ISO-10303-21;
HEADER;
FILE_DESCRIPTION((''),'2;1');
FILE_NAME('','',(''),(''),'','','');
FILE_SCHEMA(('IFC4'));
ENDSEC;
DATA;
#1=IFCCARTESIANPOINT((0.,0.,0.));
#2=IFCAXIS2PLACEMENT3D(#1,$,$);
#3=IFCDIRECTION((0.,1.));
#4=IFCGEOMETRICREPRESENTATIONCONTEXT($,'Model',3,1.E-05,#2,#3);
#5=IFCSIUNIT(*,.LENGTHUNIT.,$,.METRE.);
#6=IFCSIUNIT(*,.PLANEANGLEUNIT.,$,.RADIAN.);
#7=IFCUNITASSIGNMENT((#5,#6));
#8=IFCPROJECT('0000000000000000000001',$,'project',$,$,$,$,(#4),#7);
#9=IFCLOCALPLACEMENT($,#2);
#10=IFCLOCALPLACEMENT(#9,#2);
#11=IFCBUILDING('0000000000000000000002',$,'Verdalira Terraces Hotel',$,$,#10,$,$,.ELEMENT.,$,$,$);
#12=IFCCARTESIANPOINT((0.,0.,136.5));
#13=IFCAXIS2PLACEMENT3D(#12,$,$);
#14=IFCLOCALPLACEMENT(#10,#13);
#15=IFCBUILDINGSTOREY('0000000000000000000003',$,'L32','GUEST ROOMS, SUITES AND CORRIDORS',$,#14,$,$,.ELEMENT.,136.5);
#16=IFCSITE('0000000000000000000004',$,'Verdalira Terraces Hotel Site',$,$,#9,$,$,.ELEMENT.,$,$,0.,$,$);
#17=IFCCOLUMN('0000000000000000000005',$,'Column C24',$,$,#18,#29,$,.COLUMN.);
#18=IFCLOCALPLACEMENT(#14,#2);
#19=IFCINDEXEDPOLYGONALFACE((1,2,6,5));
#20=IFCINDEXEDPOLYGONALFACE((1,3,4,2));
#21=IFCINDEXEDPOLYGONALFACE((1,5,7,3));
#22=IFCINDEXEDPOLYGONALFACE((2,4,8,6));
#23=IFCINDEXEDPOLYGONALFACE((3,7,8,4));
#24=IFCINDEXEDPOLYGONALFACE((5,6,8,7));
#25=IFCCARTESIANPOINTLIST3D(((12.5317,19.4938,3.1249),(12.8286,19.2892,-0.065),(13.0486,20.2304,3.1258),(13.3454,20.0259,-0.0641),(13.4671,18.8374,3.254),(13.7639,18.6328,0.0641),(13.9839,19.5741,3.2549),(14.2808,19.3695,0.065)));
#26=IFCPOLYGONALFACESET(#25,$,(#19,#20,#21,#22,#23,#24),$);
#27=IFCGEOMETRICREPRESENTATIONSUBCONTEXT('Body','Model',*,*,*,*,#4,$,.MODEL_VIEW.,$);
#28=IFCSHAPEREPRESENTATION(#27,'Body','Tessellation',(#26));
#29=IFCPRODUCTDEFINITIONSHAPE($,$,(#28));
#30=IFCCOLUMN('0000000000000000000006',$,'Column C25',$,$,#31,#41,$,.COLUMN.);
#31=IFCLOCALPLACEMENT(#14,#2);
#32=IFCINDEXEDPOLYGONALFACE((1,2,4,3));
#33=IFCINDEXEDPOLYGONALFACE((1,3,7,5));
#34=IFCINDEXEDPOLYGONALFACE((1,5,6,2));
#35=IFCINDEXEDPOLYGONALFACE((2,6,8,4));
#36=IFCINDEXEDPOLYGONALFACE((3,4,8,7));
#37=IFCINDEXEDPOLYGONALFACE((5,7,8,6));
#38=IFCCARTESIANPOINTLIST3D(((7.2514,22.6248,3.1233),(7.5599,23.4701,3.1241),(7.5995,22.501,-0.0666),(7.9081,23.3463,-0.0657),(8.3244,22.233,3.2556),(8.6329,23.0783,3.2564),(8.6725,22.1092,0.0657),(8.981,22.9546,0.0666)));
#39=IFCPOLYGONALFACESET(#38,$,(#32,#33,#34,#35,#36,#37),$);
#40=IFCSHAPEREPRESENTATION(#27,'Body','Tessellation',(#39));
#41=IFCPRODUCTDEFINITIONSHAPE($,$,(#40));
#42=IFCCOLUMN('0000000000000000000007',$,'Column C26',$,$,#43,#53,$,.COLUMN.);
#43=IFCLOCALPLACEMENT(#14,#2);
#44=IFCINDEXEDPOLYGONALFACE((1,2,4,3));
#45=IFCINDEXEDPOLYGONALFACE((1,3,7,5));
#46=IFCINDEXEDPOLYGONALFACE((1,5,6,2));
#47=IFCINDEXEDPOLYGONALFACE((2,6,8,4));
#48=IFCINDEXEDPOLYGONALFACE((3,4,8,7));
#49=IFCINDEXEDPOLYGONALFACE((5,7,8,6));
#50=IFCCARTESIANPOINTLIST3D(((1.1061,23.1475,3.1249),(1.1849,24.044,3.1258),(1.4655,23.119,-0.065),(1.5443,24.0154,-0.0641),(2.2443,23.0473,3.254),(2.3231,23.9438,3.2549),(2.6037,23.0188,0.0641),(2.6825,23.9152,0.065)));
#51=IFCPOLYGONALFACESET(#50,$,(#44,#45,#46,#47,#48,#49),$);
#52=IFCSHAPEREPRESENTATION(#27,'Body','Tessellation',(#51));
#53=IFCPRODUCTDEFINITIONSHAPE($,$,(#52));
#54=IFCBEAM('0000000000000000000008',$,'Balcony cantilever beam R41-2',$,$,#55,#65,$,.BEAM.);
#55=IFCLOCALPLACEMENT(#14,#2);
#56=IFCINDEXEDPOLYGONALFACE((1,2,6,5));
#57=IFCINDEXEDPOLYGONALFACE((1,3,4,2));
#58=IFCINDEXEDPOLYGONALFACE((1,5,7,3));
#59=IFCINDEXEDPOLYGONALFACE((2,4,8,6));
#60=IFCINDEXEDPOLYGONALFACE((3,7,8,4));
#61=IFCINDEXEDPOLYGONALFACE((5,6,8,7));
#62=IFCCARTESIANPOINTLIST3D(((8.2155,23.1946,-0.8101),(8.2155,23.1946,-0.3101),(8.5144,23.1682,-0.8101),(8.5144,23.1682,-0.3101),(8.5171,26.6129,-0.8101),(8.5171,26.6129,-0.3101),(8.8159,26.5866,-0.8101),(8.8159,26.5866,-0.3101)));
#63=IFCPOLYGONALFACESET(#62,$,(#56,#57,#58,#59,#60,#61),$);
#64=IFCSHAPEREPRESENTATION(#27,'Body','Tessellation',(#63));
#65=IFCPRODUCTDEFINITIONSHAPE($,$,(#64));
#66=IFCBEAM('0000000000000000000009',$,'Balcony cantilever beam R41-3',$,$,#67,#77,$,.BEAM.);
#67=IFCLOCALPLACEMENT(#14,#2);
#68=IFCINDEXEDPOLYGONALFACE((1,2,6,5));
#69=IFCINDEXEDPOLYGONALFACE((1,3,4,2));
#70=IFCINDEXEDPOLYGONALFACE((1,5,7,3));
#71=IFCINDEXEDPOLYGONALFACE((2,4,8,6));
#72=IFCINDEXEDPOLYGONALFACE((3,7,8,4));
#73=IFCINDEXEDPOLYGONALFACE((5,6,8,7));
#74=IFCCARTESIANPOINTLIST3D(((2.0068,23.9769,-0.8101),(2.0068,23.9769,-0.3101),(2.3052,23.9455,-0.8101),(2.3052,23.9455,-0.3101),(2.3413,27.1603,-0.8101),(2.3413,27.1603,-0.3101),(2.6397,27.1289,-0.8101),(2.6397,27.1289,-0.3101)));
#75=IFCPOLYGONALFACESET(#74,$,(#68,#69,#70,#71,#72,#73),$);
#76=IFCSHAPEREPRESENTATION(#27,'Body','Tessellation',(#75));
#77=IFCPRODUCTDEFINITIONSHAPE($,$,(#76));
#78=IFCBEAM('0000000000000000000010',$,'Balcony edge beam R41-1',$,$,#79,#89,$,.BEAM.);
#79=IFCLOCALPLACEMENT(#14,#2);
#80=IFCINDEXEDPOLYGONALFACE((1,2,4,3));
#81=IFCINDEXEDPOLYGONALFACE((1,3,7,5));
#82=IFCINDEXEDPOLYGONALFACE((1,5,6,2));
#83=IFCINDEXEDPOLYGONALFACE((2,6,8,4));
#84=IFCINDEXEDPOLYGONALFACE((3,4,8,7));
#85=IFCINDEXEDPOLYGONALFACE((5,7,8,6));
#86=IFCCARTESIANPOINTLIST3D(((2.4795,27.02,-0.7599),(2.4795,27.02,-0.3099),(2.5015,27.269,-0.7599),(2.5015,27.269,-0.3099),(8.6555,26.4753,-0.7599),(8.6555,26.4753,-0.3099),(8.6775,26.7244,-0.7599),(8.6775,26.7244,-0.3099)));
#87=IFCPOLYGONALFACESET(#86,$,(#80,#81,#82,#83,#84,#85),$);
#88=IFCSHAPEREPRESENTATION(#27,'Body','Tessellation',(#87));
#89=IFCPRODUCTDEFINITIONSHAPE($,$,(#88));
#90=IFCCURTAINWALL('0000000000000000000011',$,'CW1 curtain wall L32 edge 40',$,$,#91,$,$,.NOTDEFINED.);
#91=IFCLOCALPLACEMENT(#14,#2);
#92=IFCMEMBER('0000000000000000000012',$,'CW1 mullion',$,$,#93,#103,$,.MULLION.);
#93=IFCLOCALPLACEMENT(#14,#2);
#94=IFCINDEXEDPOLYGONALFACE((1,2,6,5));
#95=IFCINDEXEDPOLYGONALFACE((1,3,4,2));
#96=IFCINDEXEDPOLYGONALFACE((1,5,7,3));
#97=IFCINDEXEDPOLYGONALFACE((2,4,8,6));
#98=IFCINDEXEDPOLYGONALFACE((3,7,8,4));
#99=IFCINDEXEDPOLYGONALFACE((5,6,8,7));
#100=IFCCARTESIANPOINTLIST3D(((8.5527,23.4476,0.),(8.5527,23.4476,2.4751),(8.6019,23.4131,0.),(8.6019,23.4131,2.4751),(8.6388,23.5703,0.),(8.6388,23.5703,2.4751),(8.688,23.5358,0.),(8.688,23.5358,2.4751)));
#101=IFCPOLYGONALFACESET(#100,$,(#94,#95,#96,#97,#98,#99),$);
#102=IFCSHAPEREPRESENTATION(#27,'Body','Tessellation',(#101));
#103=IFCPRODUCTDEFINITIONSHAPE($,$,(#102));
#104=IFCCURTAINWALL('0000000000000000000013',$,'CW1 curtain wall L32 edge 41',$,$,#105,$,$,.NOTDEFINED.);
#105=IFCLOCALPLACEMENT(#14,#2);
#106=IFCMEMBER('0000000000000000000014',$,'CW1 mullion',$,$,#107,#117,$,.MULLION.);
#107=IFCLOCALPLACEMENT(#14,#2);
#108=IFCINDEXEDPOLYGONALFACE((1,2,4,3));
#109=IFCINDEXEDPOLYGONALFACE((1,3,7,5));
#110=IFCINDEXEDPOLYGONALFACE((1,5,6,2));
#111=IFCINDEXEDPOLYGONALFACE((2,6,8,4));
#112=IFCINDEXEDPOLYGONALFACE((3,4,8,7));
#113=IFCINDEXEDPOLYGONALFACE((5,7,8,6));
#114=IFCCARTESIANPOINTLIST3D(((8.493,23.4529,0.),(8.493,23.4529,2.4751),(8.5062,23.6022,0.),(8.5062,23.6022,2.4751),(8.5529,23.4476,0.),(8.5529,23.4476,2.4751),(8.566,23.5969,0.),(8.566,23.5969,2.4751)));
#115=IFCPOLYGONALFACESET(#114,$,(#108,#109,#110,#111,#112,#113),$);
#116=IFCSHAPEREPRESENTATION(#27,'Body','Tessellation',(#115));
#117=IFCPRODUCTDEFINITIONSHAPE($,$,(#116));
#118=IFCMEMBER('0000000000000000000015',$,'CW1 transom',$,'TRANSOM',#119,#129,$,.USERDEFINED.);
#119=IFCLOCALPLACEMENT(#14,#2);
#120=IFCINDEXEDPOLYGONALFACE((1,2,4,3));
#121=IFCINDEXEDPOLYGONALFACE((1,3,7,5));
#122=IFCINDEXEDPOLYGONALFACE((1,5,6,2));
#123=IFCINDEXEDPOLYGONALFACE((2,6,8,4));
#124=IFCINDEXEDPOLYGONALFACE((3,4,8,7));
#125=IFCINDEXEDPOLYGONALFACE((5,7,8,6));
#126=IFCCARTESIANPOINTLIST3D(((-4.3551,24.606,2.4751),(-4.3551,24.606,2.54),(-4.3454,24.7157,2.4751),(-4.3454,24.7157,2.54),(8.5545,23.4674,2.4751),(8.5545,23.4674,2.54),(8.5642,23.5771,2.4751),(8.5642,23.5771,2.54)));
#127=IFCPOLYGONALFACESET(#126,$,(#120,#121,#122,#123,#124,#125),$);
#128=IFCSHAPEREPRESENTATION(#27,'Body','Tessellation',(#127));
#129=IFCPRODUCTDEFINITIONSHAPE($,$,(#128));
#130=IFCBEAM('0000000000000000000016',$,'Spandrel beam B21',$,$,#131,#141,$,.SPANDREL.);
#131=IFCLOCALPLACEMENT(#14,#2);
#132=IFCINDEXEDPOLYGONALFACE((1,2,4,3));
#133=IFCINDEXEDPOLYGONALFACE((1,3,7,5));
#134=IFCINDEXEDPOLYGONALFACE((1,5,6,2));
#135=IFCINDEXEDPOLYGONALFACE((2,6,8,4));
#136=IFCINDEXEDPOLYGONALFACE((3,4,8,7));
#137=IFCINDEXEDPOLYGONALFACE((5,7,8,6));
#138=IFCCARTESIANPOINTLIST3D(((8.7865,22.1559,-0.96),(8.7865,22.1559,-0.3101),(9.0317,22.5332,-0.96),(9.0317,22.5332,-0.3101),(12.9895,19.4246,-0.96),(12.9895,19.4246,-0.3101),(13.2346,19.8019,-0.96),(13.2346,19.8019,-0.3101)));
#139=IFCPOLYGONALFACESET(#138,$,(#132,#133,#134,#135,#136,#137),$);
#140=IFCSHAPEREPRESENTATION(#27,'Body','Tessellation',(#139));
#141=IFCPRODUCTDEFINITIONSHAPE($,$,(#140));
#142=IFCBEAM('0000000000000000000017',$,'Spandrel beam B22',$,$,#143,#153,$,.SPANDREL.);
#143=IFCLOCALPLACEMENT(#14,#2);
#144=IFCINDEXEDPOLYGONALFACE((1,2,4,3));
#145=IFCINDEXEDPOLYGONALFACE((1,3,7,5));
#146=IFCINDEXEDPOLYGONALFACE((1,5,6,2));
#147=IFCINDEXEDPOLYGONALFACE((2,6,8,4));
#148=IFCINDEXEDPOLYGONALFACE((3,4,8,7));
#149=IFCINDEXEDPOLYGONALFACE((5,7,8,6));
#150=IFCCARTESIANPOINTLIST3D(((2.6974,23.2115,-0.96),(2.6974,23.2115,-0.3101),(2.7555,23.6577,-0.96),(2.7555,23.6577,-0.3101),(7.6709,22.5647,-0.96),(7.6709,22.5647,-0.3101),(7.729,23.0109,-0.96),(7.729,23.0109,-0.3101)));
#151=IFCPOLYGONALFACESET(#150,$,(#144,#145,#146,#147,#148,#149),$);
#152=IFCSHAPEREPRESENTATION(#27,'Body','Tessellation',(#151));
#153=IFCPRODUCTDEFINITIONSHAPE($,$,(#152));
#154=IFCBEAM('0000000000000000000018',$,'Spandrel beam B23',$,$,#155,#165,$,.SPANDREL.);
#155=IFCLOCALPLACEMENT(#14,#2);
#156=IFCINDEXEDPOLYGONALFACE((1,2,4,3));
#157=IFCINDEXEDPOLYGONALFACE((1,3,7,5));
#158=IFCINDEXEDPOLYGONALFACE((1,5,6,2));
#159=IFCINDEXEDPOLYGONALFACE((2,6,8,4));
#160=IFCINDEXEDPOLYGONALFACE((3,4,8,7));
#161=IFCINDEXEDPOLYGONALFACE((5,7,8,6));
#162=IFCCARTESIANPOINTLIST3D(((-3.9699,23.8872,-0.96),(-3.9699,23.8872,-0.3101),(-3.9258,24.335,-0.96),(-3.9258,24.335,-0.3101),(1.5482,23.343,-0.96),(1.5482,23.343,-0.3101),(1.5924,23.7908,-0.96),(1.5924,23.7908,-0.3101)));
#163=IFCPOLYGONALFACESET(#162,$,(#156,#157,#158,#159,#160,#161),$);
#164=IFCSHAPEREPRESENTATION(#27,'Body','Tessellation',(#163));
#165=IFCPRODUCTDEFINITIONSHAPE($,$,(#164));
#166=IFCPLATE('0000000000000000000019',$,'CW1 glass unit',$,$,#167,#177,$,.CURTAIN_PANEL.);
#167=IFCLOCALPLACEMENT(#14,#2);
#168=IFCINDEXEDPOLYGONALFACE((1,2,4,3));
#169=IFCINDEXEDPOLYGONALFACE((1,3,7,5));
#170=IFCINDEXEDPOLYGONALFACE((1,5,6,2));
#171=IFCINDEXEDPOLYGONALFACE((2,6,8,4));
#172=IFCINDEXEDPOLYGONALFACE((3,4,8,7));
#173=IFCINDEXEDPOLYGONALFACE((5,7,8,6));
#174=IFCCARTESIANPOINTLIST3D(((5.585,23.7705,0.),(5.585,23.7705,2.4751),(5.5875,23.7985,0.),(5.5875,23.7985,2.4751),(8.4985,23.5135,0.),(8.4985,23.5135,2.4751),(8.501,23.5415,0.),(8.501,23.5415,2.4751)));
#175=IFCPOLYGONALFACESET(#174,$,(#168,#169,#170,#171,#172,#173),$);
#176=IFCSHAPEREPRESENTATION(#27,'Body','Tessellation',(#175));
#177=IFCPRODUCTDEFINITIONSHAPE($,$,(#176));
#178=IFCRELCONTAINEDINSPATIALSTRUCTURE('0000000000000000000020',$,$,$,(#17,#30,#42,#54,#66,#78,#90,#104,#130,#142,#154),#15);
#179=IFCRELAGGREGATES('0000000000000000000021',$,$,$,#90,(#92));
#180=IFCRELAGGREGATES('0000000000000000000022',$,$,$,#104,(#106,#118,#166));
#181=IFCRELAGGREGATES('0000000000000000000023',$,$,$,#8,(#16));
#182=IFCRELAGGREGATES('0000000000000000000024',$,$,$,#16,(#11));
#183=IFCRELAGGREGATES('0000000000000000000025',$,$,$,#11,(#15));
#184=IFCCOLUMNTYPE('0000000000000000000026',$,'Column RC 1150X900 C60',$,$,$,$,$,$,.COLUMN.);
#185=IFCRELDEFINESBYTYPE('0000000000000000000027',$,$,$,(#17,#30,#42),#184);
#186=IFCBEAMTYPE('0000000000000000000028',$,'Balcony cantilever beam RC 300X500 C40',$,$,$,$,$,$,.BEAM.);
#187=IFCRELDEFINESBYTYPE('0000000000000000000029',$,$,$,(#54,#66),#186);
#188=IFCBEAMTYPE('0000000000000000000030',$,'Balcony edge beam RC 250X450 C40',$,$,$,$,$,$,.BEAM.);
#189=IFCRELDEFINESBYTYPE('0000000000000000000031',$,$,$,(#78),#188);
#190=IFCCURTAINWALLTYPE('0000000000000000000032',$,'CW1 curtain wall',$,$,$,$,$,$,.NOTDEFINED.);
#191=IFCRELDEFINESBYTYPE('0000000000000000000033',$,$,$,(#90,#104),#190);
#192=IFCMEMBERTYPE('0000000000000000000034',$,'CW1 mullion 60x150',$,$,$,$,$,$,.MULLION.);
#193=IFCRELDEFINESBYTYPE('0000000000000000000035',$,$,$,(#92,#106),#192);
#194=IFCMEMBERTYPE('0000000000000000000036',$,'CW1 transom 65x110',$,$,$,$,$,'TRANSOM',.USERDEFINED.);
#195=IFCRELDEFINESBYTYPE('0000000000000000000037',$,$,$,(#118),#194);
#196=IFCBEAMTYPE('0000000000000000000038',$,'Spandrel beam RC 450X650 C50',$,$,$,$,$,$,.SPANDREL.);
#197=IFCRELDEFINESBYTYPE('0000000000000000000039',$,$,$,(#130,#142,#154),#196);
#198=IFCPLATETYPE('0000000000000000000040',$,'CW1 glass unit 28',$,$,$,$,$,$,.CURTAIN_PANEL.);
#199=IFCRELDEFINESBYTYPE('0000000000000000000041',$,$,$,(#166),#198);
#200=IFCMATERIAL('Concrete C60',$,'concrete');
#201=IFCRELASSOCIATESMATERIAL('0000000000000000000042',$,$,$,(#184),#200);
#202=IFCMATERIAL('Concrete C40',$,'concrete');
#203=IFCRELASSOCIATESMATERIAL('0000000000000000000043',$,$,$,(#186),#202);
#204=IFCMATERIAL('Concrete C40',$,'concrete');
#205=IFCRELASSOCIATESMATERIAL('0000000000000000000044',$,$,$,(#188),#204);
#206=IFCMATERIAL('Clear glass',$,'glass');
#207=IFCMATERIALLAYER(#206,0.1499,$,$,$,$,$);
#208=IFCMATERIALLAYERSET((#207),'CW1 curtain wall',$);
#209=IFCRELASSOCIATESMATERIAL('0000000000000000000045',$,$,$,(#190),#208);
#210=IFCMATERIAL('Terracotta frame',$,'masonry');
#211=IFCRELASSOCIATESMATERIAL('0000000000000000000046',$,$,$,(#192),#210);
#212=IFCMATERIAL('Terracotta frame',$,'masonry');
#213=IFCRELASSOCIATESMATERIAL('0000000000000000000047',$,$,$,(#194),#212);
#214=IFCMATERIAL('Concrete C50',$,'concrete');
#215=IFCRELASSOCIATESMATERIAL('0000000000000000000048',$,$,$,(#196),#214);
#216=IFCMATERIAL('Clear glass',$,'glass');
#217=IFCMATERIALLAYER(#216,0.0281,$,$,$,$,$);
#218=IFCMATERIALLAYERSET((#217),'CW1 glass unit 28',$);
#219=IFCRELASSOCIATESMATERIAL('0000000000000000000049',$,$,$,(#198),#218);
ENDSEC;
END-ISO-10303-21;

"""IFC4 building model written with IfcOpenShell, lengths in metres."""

from ifc_helpers import new_model, si_unit, direction, frame, origin, origin_2d, place, context, subcontext, project, spatial, rectangle, extrude, material, layer, layer_set, material_profile, profile_set, type_object, element, aggregate, save


model = new_model("IFC4")

# Units and contexts
model_context = context("Model", 3, precision=1e-05, world=origin(), true_north=direction((0.0, 1.0)))
body_context = subcontext(model_context, "Body", "Model", "MODEL_VIEW")
ifc_project = project(units=[si_unit("LENGTHUNIT", "METRE"), si_unit("PLANEANGLEUNIT", "RADIAN")], contexts=[model_context])

# Site, building, storey
site_placement = place(None, origin())
site = spatial("IfcSite", under=ifc_project, at=site_placement, Name="Verdalira Terraces Hotel Site", CompositionType="ELEMENT", RefElevation=0.0)
building_placement = place(site_placement, origin())
building = spatial("IfcBuilding", under=site, at=building_placement, Name="Verdalira Terraces Hotel", CompositionType="ELEMENT")
storey_placement = place(building_placement, frame((0.0, 0.0, 136.5)))
storey = spatial("IfcBuildingStorey", under=building, at=storey_placement, Name="L32", Description="GUEST ROOMS, SUITES AND CORRIDORS", CompositionType="ELEMENT", Elevation=136.5)

# Columns
ifc_material_1 = material(Name="Concrete C60", Category="concrete")
ifc_material_profile_1 = material_profile(ifc_material_1, rectangle(XDim=1.1499, YDim=0.8999, at=origin_2d()), Name="RC 1150X900")
ifc_profile_set_1 = profile_set([ifc_material_profile_1], Name="Concrete C60")
column_type = type_object("IfcColumnType", Name="Column RC 1150X900 C60", PredefinedType="COLUMN", material=ifc_profile_set_1)
column_1_placement = place(storey_placement, frame((13.5547, 19.3293, 0.0), z_axis=(-0.092477, 0.06373, 0.993673), x_axis=(-0.813386, 0.570781, -0.112306)))
element("IfcColumn", 1, at=column_1_placement, inside=storey, type_object=column_type, Name="Column C24", PredefinedType="COLUMN", context=body_context, shape_type="SweptSolid", body=[
    extrude(rectangle(XDim=1.1499, YDim=0.8999, at=origin_2d()), origin(), (0.0, 0.0, 1.0), 3.2102),
])
column_2_placement = place(storey_placement, frame((8.2903, 22.7278, 0.0), z_axis=(-0.108413, 0.038545, 0.993358), x_axis=(0.933103, -0.340706, 0.115058)))
element("IfcColumn", 2, at=column_2_placement, inside=storey, type_object=column_type, Name="Column C25", PredefinedType="COLUMN", context=body_context, shape_type="SweptSolid", body=[
    extrude(rectangle(XDim=1.1499, YDim=0.8999, at=origin_2d()), origin(), (0.0, 0.0, 1.0), 3.2112),
])
column_3_placement = place(storey_placement, frame((2.074, 23.5171, 0.0), z_axis=(-0.111946, 0.008898, 0.993674), x_axis=(-0.989847, 0.087135, -0.112295)))
element("IfcColumn", 3, at=column_3_placement, inside=storey, type_object=column_type, Name="Column C26", PredefinedType="COLUMN", context=body_context, shape_type="SweptSolid", body=[
    extrude(rectangle(XDim=1.1499, YDim=0.8999, at=origin_2d()), origin(), (0.0, 0.0, 1.0), 3.2102),
])

# Beams
ifc_material_2 = material(Name="Concrete C40", Category="concrete")
ifc_material_profile_2 = material_profile(ifc_material_2, rectangle(XDim=0.3, YDim=0.5, at=origin_2d()), Name="RC 300X500")
ifc_profile_set_2 = profile_set([ifc_material_profile_2], Name="Concrete C40")
beam_type_1 = type_object("IfcBeamType", Name="Balcony cantilever beam RC 300X500 C40", PredefinedType="BEAM", material=ifc_profile_set_2)
beam_1_placement = place(storey_placement, frame((8.365, 23.1814, -0.5601), z_axis=(0.087861, 0.996133, 0.0), x_axis=(-0.996133, 0.087861, 0.0)))
element("IfcBeam", 4, at=beam_1_placement, inside=storey, type_object=beam_type_1, Name="Balcony cantilever beam R41-2", PredefinedType="BEAM", context=body_context, shape_type="SweptSolid", body=[
    extrude(rectangle(XDim=0.3, YDim=0.5, at=origin_2d()), origin(), (0.0, 0.0, 1.0), 3.4316),
])
beam_2_placement = place(storey_placement, frame((2.156, 23.9612, -0.5601), z_axis=(0.104494, 0.994525, 0.0), x_axis=(-0.994525, 0.104494, 0.0)))
element("IfcBeam", 5, at=beam_2_placement, inside=storey, type_object=beam_type_1, Name="Balcony cantilever beam R41-3", PredefinedType="BEAM", context=body_context, shape_type="SweptSolid", body=[
    extrude(rectangle(XDim=0.3, YDim=0.5, at=origin_2d()), origin(), (0.0, 0.0, 1.0), 3.2009),
])
ifc_material_3 = material(Name="Concrete C40", Category="concrete")
ifc_material_profile_3 = material_profile(ifc_material_3, rectangle(XDim=0.25, YDim=0.45, at=origin_2d()), Name="RC 250X450")
ifc_profile_set_3 = profile_set([ifc_material_profile_3], Name="Concrete C40")
beam_type_2 = type_object("IfcBeamType", Name="Balcony edge beam RC 250X450 C40", PredefinedType="BEAM", material=ifc_profile_set_3)
beam_3_placement = place(storey_placement, frame((8.6665, 26.5999, -0.5349), z_axis=(-0.996134, 0.087851, 0.0), x_axis=(-0.087851, -0.996134, 0.0)))
element("IfcBeam", 6, at=beam_3_placement, inside=storey, type_object=beam_type_2, Name="Balcony edge beam R41-1", PredefinedType="BEAM", context=body_context, shape_type="SweptSolid", body=[
    extrude(rectangle(XDim=0.25, YDim=0.45, at=origin_2d()), origin(), (0.0, 0.0, 1.0), 6.2),
])

# Curtain wall, member
ifc_material_4 = material(Name="Clear glass", Category="glass")
ifc_layer_1 = layer(ifc_material_4, 0.1499)
ifc_layer_set_1 = layer_set([ifc_layer_1], Name="CW1 curtain wall")
curtain_wall_type = type_object("IfcCurtainWallType", Name="CW1 curtain wall", PredefinedType="NOTDEFINED", material=ifc_layer_set_1)
curtain_wall_1_placement = place(storey_placement, origin())
curtain_wall_1 = element("IfcCurtainWall", 7, at=curtain_wall_1_placement, inside=storey, type_object=curtain_wall_type, Name="CW1 curtain wall L32 edge 40", PredefinedType="NOTDEFINED")
ifc_material_5 = material(Name="Terracotta frame", Category="masonry")
ifc_material_profile_4 = material_profile(ifc_material_5, rectangle(XDim=0.0601, YDim=0.1499, at=origin_2d()), Name="MU 60x150")
ifc_profile_set_4 = profile_set([ifc_material_profile_4], Name="Terracotta frame")
member_type_1 = type_object("IfcMemberType", Name="CW1 mullion 60x150", PredefinedType="MULLION", material=ifc_profile_set_4)
member_1_placement = place(storey_placement, frame((8.6204, 23.4917, 0.0), z_axis=(0.0, 0.0, 1.0), x_axis=(-0.818751, 0.574148, 0.0)))
member_1 = element("IfcMember", 8, at=member_1_placement, type_object=member_type_1, Name="CW1 mullion", PredefinedType="MULLION", context=body_context, shape_type="SweptSolid", body=[
    extrude(rectangle(XDim=0.0601, YDim=0.1499, at=origin_2d()), origin(), (0.0, 0.0, 1.0), 2.4751),
])
aggregate(curtain_wall_1, [member_1])

# Curtain wall, members
curtain_wall_2_placement = place(storey_placement, origin())
curtain_wall_2 = element("IfcCurtainWall", 9, at=curtain_wall_2_placement, inside=storey, type_object=curtain_wall_type, Name="CW1 curtain wall L32 edge 41", PredefinedType="NOTDEFINED")
member_2_placement = place(storey_placement, frame((8.5295, 23.5249, 0.0), z_axis=(0.0, 0.0, 1.0), x_axis=(-0.996134, 0.087851, 0.0)))
member_2 = element("IfcMember", 10, at=member_2_placement, type_object=member_type_1, Name="CW1 mullion", PredefinedType="MULLION", context=body_context, shape_type="SweptSolid", body=[
    extrude(rectangle(XDim=0.0601, YDim=0.1499, at=origin_2d()), origin(), (0.0, 0.0, 1.0), 2.4751),
])
ifc_material_6 = material(Name="Terracotta frame", Category="masonry")
ifc_material_profile_5 = material_profile(ifc_material_6, rectangle(XDim=0.1101, YDim=0.0649, at=origin_2d()), Name="TR 65x110")
ifc_profile_set_5 = profile_set([ifc_material_profile_5], Name="Terracotta frame")
member_type_2 = type_object("IfcMemberType", Name="CW1 transom 65x110", ElementType="TRANSOM", PredefinedType="USERDEFINED", material=ifc_profile_set_5)
member_3_placement = place(storey_placement, frame((8.5593, 23.5222, 2.5076), z_axis=(-0.996133, 0.087862, 0.0), x_axis=(-0.087862, -0.996133, 0.0)))
member_3 = element("IfcMember", 11, at=member_3_placement, type_object=member_type_2, Name="CW1 transom", ObjectType="TRANSOM", PredefinedType="USERDEFINED", context=body_context, shape_type="SweptSolid", body=[
    extrude(rectangle(XDim=0.1101, YDim=0.0649, at=origin_2d()), origin(), (0.0, 0.0, 1.0), 12.9597),
])

# Beams
ifc_material_7 = material(Name="Concrete C50", Category="concrete")
ifc_material_profile_6 = material_profile(ifc_material_7, rectangle(XDim=0.45, YDim=0.6499, at=origin_2d()), Name="RC 450X650")
ifc_profile_set_6 = profile_set([ifc_material_profile_6], Name="Concrete C50")
beam_type_3 = type_object("IfcBeamType", Name="Spandrel beam RC 450X650 C50", PredefinedType="SPANDREL", material=ifc_profile_set_6)
beam_4_placement = place(storey_placement, frame((13.1121, 19.6133, -0.635), z_axis=(-0.838505, 0.544894, 0.0), x_axis=(-0.544894, -0.838505, 0.0)))
element("IfcBeam", 12, at=beam_4_placement, inside=storey, type_object=beam_type_3, Name="Spandrel beam B21", PredefinedType="SPANDREL", context=body_context, shape_type="SweptSolid", body=[
    extrude(rectangle(XDim=0.45, YDim=0.6499, at=origin_2d()), origin(), (0.0, 0.0, 1.0), 5.0125),
])
beam_5_placement = place(storey_placement, frame((7.7, 22.7878, -0.635), z_axis=(-0.991651, 0.128952, 0.0), x_axis=(-0.128952, -0.991651, 0.0)))
element("IfcBeam", 13, at=beam_5_placement, inside=storey, type_object=beam_type_3, Name="Spandrel beam B22", PredefinedType="SPANDREL", context=body_context, shape_type="SweptSolid", body=[
    extrude(rectangle(XDim=0.45, YDim=0.6499, at=origin_2d()), origin(), (0.0, 0.0, 1.0), 5.0154),
])
beam_6_placement = place(storey_placement, frame((1.5703, 23.5669, -0.635), z_axis=(-0.995172, 0.098143, 0.0), x_axis=(-0.098143, -0.995172, 0.0)))
element("IfcBeam", 14, at=beam_6_placement, inside=storey, type_object=beam_type_3, Name="Spandrel beam B23", PredefinedType="SPANDREL", context=body_context, shape_type="SweptSolid", body=[
    extrude(rectangle(XDim=0.45, YDim=0.6499, at=origin_2d()), origin(), (0.0, 0.0, 1.0), 5.5449),
])

# Plate
ifc_material_8 = material(Name="Clear glass", Category="glass")
ifc_layer_2 = layer(ifc_material_8, 0.0281)
ifc_layer_set_2 = layer_set([ifc_layer_2], Name="CW1 glass unit 28")
plate_type = type_object("IfcPlateType", Name="CW1 glass unit 28", PredefinedType="CURTAIN_PANEL", material=ifc_layer_set_2)
plate_placement = place(storey_placement, frame((7.043, 23.656, 0.0), z_axis=(0.0, 0.0, 1.0), x_axis=(-0.996134, 0.087851, 0.0)))
plate = element("IfcPlate", 15, at=plate_placement, type_object=plate_type, Name="CW1 glass unit", PredefinedType="CURTAIN_PANEL", context=body_context, shape_type="SweptSolid", body=[
    extrude(rectangle(XDim=2.9248, YDim=0.0281, at=origin_2d()), origin(), (0.0, 0.0, 1.0), 2.4751),
])
aggregate(curtain_wall_2, [member_2, member_3, plate])

save(model, "model.ifc")
